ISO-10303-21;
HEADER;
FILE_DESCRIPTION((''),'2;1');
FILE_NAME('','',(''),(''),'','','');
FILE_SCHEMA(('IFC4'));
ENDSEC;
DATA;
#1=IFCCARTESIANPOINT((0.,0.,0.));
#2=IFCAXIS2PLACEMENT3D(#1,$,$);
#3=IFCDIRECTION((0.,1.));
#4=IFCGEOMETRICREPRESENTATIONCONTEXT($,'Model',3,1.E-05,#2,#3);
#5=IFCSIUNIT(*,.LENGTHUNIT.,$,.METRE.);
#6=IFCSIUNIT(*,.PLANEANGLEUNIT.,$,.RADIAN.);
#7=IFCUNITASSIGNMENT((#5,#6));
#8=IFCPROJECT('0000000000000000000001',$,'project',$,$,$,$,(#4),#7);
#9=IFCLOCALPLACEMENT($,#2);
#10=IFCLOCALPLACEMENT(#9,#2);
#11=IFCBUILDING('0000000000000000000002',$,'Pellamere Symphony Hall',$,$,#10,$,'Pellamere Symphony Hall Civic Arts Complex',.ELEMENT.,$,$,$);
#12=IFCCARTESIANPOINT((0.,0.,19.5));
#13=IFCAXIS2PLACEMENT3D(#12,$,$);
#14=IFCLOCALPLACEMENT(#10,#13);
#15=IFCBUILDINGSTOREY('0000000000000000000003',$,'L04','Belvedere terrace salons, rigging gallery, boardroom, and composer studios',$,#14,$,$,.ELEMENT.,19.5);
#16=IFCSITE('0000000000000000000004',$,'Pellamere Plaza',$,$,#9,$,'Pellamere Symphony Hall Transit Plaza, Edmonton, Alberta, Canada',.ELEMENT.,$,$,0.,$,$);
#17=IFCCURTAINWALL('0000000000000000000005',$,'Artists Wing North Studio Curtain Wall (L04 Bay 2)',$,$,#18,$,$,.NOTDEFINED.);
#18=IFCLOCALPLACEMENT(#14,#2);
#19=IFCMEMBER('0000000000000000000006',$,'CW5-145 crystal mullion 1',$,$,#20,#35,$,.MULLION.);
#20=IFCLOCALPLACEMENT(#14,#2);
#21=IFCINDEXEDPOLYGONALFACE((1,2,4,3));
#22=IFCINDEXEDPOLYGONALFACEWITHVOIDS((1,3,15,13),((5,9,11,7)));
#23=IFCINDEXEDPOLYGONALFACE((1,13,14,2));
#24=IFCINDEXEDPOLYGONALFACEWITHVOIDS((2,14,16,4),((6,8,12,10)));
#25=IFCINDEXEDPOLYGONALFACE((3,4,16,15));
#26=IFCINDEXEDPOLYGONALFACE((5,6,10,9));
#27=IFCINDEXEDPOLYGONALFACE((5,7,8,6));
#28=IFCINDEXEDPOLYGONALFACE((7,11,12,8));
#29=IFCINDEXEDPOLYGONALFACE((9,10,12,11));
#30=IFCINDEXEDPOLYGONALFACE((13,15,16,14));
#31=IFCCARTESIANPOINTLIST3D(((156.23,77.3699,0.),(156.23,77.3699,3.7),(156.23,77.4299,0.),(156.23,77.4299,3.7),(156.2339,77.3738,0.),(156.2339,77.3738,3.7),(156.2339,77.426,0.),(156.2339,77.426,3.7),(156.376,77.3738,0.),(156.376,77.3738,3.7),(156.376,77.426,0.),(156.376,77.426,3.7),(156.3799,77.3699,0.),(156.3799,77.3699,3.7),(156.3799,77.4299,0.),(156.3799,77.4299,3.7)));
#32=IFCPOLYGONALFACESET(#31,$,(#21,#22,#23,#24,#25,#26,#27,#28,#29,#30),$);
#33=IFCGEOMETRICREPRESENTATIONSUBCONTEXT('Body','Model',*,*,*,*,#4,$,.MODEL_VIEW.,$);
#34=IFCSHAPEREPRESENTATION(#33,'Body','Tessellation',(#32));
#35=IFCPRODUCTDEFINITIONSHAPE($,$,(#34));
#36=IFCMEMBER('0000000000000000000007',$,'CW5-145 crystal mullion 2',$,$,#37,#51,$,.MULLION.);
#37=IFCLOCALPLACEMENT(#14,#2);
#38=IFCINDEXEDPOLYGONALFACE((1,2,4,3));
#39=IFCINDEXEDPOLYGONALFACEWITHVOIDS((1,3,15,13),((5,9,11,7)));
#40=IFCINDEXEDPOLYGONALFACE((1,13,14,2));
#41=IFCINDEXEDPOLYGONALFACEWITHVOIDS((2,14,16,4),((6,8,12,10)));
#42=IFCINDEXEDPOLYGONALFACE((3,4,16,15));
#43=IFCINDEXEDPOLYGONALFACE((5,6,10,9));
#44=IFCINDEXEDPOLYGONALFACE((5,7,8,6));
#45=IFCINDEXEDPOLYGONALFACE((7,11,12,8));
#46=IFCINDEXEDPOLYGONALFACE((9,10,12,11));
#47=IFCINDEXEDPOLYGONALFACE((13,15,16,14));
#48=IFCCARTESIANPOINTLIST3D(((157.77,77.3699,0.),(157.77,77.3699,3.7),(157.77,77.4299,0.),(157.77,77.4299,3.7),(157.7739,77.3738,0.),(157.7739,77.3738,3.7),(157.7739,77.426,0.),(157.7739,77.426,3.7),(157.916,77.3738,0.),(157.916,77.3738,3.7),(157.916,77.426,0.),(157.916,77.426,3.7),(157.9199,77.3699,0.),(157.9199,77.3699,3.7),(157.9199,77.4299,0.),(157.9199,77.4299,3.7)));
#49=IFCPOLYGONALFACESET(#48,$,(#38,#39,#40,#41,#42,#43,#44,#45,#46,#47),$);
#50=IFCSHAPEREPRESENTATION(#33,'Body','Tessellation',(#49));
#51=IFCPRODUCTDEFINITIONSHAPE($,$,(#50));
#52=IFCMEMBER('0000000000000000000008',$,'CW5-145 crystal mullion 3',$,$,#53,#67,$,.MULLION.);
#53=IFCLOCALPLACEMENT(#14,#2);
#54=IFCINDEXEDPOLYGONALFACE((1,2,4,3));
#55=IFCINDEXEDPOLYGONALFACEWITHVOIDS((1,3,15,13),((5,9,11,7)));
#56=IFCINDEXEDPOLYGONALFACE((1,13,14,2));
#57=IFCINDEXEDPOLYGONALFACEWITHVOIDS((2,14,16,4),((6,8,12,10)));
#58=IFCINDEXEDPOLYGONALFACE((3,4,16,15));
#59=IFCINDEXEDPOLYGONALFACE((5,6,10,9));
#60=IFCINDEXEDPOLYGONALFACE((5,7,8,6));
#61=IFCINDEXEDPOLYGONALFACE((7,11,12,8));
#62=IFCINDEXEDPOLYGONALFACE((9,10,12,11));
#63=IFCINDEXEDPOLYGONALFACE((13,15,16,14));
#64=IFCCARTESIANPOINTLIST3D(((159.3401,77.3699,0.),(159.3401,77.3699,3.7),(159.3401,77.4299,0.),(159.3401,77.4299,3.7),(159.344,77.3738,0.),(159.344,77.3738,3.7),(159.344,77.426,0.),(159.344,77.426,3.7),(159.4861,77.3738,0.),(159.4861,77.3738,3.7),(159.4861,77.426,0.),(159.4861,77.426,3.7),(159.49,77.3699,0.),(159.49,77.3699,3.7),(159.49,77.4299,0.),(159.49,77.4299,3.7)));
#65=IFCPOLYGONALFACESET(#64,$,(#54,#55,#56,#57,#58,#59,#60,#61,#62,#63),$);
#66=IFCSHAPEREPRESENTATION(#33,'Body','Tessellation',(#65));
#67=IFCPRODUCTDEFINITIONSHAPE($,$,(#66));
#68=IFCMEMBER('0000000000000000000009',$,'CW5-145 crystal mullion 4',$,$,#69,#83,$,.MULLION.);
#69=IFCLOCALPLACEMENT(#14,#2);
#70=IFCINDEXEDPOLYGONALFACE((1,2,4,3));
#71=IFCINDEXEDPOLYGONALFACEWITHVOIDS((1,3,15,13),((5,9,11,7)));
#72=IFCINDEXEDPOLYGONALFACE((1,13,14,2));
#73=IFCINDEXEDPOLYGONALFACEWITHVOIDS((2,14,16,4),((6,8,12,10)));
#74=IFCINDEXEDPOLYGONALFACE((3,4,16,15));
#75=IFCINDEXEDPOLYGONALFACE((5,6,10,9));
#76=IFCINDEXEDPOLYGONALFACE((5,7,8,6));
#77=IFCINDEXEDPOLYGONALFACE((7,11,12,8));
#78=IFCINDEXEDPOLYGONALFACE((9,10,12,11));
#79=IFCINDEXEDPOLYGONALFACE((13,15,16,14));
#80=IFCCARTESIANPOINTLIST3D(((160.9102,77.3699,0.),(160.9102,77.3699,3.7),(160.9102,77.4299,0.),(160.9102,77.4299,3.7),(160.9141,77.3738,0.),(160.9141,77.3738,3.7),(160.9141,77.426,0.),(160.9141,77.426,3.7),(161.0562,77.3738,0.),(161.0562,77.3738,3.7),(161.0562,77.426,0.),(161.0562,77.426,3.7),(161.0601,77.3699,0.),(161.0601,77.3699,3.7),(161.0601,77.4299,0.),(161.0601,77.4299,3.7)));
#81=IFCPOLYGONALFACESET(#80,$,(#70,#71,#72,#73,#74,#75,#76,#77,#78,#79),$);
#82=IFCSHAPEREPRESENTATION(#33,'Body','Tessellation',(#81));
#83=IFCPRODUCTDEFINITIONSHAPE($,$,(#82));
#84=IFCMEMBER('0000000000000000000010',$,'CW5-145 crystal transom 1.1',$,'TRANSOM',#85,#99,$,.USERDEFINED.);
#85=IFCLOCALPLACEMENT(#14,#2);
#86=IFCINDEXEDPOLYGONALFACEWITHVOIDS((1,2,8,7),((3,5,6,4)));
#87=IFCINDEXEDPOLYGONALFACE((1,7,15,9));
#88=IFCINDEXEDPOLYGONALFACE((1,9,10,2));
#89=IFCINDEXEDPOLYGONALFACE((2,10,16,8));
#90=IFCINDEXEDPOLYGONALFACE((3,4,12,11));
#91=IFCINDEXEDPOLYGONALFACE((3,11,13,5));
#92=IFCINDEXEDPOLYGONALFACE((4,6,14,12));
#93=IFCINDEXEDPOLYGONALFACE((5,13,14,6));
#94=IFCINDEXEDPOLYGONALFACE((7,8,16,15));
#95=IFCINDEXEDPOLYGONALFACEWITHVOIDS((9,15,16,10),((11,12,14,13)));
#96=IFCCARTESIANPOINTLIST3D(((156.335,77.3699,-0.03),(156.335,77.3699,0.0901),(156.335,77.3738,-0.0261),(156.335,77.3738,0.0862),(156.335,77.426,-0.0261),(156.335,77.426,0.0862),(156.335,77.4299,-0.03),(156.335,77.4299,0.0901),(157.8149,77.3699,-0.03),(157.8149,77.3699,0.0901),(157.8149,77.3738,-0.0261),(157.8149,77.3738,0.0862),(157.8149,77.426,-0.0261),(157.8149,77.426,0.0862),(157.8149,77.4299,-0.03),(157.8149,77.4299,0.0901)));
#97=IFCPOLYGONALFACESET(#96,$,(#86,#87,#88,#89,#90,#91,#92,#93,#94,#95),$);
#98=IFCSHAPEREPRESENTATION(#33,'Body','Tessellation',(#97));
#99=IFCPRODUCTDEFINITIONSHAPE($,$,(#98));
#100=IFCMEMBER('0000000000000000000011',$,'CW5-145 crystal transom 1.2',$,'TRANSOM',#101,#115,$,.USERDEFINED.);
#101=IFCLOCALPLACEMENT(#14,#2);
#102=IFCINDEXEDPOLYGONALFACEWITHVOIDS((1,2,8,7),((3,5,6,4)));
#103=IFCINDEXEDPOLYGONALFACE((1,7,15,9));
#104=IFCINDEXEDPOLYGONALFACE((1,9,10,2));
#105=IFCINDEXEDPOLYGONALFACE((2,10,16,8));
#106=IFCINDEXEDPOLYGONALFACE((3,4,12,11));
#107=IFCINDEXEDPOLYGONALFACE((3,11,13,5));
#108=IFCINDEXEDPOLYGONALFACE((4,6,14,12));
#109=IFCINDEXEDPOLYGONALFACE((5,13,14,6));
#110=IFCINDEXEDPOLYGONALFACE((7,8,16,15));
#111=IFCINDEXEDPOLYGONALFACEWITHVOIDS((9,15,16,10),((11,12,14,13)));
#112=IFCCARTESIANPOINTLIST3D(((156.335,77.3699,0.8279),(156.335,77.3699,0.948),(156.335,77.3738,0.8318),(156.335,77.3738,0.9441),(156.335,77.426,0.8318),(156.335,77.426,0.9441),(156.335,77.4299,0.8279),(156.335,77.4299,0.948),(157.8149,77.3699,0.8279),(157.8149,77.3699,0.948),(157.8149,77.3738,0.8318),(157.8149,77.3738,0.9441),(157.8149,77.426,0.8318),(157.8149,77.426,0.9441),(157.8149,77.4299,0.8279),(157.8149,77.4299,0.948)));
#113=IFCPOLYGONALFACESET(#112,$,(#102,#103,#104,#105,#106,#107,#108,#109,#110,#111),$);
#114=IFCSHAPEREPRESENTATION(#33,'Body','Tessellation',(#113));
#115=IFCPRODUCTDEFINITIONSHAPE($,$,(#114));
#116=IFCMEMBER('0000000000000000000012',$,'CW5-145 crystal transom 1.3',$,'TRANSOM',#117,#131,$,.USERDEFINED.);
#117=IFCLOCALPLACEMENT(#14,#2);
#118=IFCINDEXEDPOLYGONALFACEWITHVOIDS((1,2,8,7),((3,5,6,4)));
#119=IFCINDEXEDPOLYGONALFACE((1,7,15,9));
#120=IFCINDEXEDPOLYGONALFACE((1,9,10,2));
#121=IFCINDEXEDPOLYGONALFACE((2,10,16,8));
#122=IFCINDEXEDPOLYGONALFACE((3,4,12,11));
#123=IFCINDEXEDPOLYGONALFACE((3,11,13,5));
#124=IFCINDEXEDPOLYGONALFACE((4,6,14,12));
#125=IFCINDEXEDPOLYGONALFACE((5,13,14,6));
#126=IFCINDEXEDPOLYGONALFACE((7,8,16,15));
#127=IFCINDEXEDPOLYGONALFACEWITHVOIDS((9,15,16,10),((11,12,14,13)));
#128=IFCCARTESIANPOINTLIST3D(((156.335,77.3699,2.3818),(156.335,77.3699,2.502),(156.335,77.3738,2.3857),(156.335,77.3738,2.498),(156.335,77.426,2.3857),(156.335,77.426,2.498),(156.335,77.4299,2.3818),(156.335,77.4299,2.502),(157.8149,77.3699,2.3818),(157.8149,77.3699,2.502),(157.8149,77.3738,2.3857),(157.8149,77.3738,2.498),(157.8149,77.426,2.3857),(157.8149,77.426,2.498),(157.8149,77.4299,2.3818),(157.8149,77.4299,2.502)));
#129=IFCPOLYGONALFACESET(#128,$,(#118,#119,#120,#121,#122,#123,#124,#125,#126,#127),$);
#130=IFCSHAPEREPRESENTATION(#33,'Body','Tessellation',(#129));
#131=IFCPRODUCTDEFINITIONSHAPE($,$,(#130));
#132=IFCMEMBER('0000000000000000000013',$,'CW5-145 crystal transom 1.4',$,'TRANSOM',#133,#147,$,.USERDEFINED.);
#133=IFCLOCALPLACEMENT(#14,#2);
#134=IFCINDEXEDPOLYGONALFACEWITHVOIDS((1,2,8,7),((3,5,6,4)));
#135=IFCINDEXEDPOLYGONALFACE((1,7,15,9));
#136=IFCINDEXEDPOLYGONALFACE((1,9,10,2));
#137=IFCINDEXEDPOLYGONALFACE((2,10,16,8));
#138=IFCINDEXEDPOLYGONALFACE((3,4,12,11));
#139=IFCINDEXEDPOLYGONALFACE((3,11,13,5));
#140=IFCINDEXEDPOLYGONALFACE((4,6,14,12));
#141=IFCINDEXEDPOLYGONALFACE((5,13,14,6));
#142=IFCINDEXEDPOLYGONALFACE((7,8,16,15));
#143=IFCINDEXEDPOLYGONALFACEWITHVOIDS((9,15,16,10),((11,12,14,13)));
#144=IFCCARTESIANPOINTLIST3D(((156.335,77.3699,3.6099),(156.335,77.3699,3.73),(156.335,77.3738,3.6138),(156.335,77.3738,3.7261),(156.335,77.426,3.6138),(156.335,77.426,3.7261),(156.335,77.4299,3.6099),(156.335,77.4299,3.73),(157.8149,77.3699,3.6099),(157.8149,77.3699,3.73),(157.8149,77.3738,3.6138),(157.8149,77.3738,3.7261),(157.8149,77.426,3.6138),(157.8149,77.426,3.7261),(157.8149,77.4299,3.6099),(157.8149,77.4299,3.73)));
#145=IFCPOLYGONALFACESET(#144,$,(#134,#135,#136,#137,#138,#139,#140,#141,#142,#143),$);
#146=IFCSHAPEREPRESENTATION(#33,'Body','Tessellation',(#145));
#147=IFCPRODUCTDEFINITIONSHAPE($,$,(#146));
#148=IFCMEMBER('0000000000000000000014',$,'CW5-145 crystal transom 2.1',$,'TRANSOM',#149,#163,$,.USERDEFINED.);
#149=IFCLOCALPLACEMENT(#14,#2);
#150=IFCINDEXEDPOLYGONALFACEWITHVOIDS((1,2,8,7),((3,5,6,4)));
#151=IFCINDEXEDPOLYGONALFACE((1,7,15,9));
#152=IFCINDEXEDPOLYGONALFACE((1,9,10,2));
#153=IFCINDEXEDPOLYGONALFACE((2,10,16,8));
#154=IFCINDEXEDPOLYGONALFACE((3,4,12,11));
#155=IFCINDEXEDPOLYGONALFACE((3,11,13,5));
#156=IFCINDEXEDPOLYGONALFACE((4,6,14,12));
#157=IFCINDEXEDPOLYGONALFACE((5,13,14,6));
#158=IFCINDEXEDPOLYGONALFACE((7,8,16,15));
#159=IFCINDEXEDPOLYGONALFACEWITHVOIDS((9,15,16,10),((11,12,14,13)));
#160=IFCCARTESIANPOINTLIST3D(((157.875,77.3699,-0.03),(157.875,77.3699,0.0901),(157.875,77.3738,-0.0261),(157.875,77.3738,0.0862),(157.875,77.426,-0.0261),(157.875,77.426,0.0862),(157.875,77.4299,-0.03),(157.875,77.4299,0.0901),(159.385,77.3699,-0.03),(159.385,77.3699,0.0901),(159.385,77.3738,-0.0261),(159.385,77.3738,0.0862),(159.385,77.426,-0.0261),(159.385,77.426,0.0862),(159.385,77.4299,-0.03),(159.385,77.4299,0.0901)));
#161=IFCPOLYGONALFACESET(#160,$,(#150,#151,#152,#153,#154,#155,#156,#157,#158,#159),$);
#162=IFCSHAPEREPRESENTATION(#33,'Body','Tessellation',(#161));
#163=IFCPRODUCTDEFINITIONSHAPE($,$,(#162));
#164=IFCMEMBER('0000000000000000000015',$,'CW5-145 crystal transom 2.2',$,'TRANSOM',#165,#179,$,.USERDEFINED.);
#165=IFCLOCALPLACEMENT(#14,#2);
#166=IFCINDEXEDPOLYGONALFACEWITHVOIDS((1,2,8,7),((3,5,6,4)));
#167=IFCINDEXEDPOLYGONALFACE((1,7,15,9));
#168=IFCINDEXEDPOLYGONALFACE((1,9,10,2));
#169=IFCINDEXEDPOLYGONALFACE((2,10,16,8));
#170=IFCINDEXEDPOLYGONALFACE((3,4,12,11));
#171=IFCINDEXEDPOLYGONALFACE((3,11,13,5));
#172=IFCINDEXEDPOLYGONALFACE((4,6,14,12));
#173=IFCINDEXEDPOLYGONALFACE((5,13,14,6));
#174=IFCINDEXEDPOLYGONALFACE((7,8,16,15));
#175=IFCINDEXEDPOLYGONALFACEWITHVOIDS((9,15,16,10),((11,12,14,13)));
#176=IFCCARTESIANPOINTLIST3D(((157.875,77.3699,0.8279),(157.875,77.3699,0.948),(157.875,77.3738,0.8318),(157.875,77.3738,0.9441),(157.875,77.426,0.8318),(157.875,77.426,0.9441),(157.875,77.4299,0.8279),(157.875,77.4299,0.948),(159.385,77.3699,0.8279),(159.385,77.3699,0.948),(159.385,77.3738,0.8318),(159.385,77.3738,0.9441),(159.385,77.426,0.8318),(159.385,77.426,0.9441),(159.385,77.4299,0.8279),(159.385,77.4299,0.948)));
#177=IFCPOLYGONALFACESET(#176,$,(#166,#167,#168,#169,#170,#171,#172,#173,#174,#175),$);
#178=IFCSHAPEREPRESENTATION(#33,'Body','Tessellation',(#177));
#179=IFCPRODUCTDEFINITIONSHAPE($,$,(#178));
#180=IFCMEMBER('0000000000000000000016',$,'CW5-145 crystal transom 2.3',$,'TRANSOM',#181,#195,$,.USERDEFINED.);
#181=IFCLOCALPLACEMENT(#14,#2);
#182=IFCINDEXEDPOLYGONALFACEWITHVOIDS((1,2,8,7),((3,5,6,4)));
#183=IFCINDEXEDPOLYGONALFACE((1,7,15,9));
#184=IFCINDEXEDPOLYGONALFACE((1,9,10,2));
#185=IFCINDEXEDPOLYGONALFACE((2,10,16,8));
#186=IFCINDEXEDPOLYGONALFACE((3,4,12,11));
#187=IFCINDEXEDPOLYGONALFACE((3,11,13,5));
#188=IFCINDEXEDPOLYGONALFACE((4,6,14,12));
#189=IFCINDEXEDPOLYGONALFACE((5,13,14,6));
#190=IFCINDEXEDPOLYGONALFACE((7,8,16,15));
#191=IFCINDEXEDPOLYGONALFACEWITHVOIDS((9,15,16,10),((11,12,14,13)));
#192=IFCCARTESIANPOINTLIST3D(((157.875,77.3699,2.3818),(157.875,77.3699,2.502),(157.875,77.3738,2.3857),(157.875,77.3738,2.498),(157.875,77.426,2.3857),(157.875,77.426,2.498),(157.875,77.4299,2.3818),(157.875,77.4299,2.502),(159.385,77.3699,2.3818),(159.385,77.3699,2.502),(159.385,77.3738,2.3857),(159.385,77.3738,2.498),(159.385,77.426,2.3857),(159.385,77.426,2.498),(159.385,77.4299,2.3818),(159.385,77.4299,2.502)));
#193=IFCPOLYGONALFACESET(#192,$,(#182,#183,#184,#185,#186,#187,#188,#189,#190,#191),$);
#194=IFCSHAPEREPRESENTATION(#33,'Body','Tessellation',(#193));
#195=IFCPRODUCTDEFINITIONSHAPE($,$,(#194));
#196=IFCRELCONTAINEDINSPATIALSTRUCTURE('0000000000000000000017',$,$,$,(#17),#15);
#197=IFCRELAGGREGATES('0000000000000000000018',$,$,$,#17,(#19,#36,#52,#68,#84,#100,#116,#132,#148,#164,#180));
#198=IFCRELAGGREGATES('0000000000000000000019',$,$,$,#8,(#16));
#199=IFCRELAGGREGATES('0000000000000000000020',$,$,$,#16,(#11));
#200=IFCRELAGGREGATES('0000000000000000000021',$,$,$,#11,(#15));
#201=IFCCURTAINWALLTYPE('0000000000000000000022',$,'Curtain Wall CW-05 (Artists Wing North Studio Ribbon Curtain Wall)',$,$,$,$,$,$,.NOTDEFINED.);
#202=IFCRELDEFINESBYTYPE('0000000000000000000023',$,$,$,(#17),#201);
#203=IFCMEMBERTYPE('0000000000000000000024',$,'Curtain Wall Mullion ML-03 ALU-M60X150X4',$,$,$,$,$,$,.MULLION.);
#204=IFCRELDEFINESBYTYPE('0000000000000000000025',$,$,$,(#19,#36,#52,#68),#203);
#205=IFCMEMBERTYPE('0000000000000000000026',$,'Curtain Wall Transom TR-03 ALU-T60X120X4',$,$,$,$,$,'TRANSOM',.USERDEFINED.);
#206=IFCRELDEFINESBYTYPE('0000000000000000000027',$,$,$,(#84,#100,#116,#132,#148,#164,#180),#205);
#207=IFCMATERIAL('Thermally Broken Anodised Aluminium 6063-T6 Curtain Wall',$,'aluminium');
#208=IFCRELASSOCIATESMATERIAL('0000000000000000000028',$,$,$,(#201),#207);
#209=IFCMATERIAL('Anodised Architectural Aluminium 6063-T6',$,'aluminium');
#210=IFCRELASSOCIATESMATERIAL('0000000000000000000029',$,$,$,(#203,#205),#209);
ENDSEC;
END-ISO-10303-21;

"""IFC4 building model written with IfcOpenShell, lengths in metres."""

from ifc_helpers import new_model, si_unit, direction, frame, origin, origin_2d, place, context, subcontext, project, spatial, hollow_rectangle, extrude, material, material_profile, profile_set, type_object, element, aggregate, save


model = new_model("IFC4")

# Units and contexts
model_context = context("Model", 3, precision=1e-05, world=origin(), true_north=direction((0.0, 1.0)))
body_context = subcontext(model_context, "Body", "Model", "MODEL_VIEW")
ifc_project = project(units=[si_unit("LENGTHUNIT", "METRE"), si_unit("PLANEANGLEUNIT", "RADIAN")], contexts=[model_context])

# Site, building, storey
site_placement = place(None, origin())
site = spatial("IfcSite", under=ifc_project, at=site_placement, Name="Pellamere Plaza", LongName="Pellamere Symphony Hall Transit Plaza, Edmonton, Alberta, Canada", CompositionType="ELEMENT", RefElevation=0.0)
building_placement = place(site_placement, origin())
building = spatial("IfcBuilding", under=site, at=building_placement, Name="Pellamere Symphony Hall", LongName="Pellamere Symphony Hall Civic Arts Complex", CompositionType="ELEMENT")
storey_placement = place(building_placement, frame((0.0, 0.0, 19.5)))
storey = spatial("IfcBuildingStorey", under=building, at=storey_placement, Name="L04", Description="Belvedere terrace salons, rigging gallery, boardroom, and composer studios", CompositionType="ELEMENT", Elevation=19.5)

# Curtain wall, members
ifc_material_1 = material(Name="Thermally Broken Anodised Aluminium 6063-T6 Curtain Wall", Category="aluminium")
curtain_wall_type = type_object("IfcCurtainWallType", Name="Curtain Wall CW-05 (Artists Wing North Studio Ribbon Curtain Wall)", PredefinedType="NOTDEFINED", material=ifc_material_1)
curtain_wall_placement = place(storey_placement, origin())
curtain_wall = element("IfcCurtainWall", 1, at=curtain_wall_placement, inside=storey, type_object=curtain_wall_type, Name="Artists Wing North Studio Curtain Wall (L04 Bay 2)", PredefinedType="NOTDEFINED")
ifc_material_2 = material(Name="Anodised Architectural Aluminium 6063-T6", Category="aluminium")
ifc_material_profile_1 = material_profile(ifc_material_2, hollow_rectangle(XDim=0.0601, YDim=0.1499, WallThickness=0.0039, at=origin_2d()), Name="ALU-M60X150X4")
ifc_profile_set_1 = profile_set([ifc_material_profile_1], Name="Anodised Architectural Aluminium 6063-T6")
member_type_1 = type_object("IfcMemberType", Name="Curtain Wall Mullion ML-03 ALU-M60X150X4", PredefinedType="MULLION", material=ifc_profile_set_1)
member_1_placement = place(storey_placement, frame((156.3049, 77.3999, 0.0), z_axis=(0.0, 0.0, 1.0), x_axis=(0.0, 1.0, 0.0)))
member_1 = element("IfcMember", 2, at=member_1_placement, type_object=member_type_1, Name="CW5-145 crystal mullion 1", PredefinedType="MULLION", context=body_context, shape_type="SweptSolid", body=[
    extrude(hollow_rectangle(XDim=0.0601, YDim=0.1499, WallThickness=0.0039, at=origin_2d()), origin(), (0.0, 0.0, 1.0), 3.7),
])
member_2_placement = place(storey_placement, frame((157.845, 77.3999, 0.0), z_axis=(0.0, 0.0, 1.0), x_axis=(0.0, 1.0, 0.0)))
member_2 = element("IfcMember", 3, at=member_2_placement, type_object=member_type_1, Name="CW5-145 crystal mullion 2", PredefinedType="MULLION", context=body_context, shape_type="SweptSolid", body=[
    extrude(hollow_rectangle(XDim=0.0601, YDim=0.1499, WallThickness=0.0039, at=origin_2d()), origin(), (0.0, 0.0, 1.0), 3.7),
])
member_3_placement = place(storey_placement, frame((159.415, 77.3999, 0.0), z_axis=(0.0, 0.0, 1.0), x_axis=(0.0, 1.0, 0.0)))
member_3 = element("IfcMember", 4, at=member_3_placement, type_object=member_type_1, Name="CW5-145 crystal mullion 3", PredefinedType="MULLION", context=body_context, shape_type="SweptSolid", body=[
    extrude(hollow_rectangle(XDim=0.0601, YDim=0.1499, WallThickness=0.0039, at=origin_2d()), origin(), (0.0, 0.0, 1.0), 3.7),
])
member_4_placement = place(storey_placement, frame((160.9851, 77.3999, 0.0), z_axis=(0.0, 0.0, 1.0), x_axis=(0.0, 1.0, 0.0)))
member_4 = element("IfcMember", 5, at=member_4_placement, type_object=member_type_1, Name="CW5-145 crystal mullion 4", PredefinedType="MULLION", context=body_context, shape_type="SweptSolid", body=[
    extrude(hollow_rectangle(XDim=0.0601, YDim=0.1499, WallThickness=0.0039, at=origin_2d()), origin(), (0.0, 0.0, 1.0), 3.7),
])
ifc_material_profile_2 = material_profile(ifc_material_2, hollow_rectangle(XDim=0.0601, YDim=0.1201, WallThickness=0.0039, at=origin_2d()), Name="ALU-T60X120X4")
ifc_profile_set_2 = profile_set([ifc_material_profile_2], Name="Anodised Architectural Aluminium 6063-T6")
member_type_2 = type_object("IfcMemberType", Name="Curtain Wall Transom TR-03 ALU-T60X120X4", ElementType="TRANSOM", PredefinedType="USERDEFINED", material=ifc_profile_set_2)
member_5_placement = place(storey_placement, frame((156.335, 77.3999, 0.03), z_axis=(1.0, 0.0, 0.0), x_axis=(0.0, 1.0, 0.0)))
member_5 = element("IfcMember", 6, at=member_5_placement, type_object=member_type_2, Name="CW5-145 crystal transom 1.1", ObjectType="TRANSOM", PredefinedType="USERDEFINED", context=body_context, shape_type="SweptSolid", body=[
    extrude(hollow_rectangle(XDim=0.0601, YDim=0.1201, WallThickness=0.0039, at=origin_2d()), origin(), (0.0, 0.0, 1.0), 1.48),
])
member_6_placement = place(storey_placement, frame((156.335, 77.3999, 0.8879), z_axis=(1.0, 0.0, 0.0), x_axis=(0.0, 1.0, 0.0)))
member_6 = element("IfcMember", 7, at=member_6_placement, type_object=member_type_2, Name="CW5-145 crystal transom 1.2", ObjectType="TRANSOM", PredefinedType="USERDEFINED", context=body_context, shape_type="SweptSolid", body=[
    extrude(hollow_rectangle(XDim=0.0601, YDim=0.1201, WallThickness=0.0039, at=origin_2d()), origin(), (0.0, 0.0, 1.0), 1.48),
])
member_7_placement = place(storey_placement, frame((156.335, 77.3999, 2.4419), z_axis=(1.0, 0.0, 0.0), x_axis=(0.0, 1.0, 0.0)))
member_7 = element("IfcMember", 8, at=member_7_placement, type_object=member_type_2, Name="CW5-145 crystal transom 1.3", ObjectType="TRANSOM", PredefinedType="USERDEFINED", context=body_context, shape_type="SweptSolid", body=[
    extrude(hollow_rectangle(XDim=0.0601, YDim=0.1201, WallThickness=0.0039, at=origin_2d()), origin(), (0.0, 0.0, 1.0), 1.48),
])
member_8_placement = place(storey_placement, frame((156.335, 77.3999, 3.6699), z_axis=(1.0, 0.0, 0.0), x_axis=(0.0, 1.0, 0.0)))
member_8 = element("IfcMember", 9, at=member_8_placement, type_object=member_type_2, Name="CW5-145 crystal transom 1.4", ObjectType="TRANSOM", PredefinedType="USERDEFINED", context=body_context, shape_type="SweptSolid", body=[
    extrude(hollow_rectangle(XDim=0.0601, YDim=0.1201, WallThickness=0.0039, at=origin_2d()), origin(), (0.0, 0.0, 1.0), 1.48),
])
member_9_placement = place(storey_placement, frame((157.875, 77.3999, 0.03), z_axis=(1.0, 0.0, 0.0), x_axis=(0.0, 1.0, 0.0)))
member_9 = element("IfcMember", 10, at=member_9_placement, type_object=member_type_2, Name="CW5-145 crystal transom 2.1", ObjectType="TRANSOM", PredefinedType="USERDEFINED", context=body_context, shape_type="SweptSolid", body=[
    extrude(hollow_rectangle(XDim=0.0601, YDim=0.1201, WallThickness=0.0039, at=origin_2d()), origin(), (0.0, 0.0, 1.0), 1.51),
])
member_10_placement = place(storey_placement, frame((157.875, 77.3999, 0.8879), z_axis=(1.0, 0.0, 0.0), x_axis=(0.0, 1.0, 0.0)))
member_10 = element("IfcMember", 11, at=member_10_placement, type_object=member_type_2, Name="CW5-145 crystal transom 2.2", ObjectType="TRANSOM", PredefinedType="USERDEFINED", context=body_context, shape_type="SweptSolid", body=[
    extrude(hollow_rectangle(XDim=0.0601, YDim=0.1201, WallThickness=0.0039, at=origin_2d()), origin(), (0.0, 0.0, 1.0), 1.51),
])
member_11_placement = place(storey_placement, frame((157.875, 77.3999, 2.4419), z_axis=(1.0, 0.0, 0.0), x_axis=(0.0, 1.0, 0.0)))
member_11 = element("IfcMember", 12, at=member_11_placement, type_object=member_type_2, Name="CW5-145 crystal transom 2.3", ObjectType="TRANSOM", PredefinedType="USERDEFINED", context=body_context, shape_type="SweptSolid", body=[
    extrude(hollow_rectangle(XDim=0.0601, YDim=0.1201, WallThickness=0.0039, at=origin_2d()), origin(), (0.0, 0.0, 1.0), 1.51),
])

aggregate(curtain_wall, [member_1, member_2, member_3, member_4, member_5, member_6, member_7, member_8, member_9, member_10, member_11])

save(model, "model.ifc")
